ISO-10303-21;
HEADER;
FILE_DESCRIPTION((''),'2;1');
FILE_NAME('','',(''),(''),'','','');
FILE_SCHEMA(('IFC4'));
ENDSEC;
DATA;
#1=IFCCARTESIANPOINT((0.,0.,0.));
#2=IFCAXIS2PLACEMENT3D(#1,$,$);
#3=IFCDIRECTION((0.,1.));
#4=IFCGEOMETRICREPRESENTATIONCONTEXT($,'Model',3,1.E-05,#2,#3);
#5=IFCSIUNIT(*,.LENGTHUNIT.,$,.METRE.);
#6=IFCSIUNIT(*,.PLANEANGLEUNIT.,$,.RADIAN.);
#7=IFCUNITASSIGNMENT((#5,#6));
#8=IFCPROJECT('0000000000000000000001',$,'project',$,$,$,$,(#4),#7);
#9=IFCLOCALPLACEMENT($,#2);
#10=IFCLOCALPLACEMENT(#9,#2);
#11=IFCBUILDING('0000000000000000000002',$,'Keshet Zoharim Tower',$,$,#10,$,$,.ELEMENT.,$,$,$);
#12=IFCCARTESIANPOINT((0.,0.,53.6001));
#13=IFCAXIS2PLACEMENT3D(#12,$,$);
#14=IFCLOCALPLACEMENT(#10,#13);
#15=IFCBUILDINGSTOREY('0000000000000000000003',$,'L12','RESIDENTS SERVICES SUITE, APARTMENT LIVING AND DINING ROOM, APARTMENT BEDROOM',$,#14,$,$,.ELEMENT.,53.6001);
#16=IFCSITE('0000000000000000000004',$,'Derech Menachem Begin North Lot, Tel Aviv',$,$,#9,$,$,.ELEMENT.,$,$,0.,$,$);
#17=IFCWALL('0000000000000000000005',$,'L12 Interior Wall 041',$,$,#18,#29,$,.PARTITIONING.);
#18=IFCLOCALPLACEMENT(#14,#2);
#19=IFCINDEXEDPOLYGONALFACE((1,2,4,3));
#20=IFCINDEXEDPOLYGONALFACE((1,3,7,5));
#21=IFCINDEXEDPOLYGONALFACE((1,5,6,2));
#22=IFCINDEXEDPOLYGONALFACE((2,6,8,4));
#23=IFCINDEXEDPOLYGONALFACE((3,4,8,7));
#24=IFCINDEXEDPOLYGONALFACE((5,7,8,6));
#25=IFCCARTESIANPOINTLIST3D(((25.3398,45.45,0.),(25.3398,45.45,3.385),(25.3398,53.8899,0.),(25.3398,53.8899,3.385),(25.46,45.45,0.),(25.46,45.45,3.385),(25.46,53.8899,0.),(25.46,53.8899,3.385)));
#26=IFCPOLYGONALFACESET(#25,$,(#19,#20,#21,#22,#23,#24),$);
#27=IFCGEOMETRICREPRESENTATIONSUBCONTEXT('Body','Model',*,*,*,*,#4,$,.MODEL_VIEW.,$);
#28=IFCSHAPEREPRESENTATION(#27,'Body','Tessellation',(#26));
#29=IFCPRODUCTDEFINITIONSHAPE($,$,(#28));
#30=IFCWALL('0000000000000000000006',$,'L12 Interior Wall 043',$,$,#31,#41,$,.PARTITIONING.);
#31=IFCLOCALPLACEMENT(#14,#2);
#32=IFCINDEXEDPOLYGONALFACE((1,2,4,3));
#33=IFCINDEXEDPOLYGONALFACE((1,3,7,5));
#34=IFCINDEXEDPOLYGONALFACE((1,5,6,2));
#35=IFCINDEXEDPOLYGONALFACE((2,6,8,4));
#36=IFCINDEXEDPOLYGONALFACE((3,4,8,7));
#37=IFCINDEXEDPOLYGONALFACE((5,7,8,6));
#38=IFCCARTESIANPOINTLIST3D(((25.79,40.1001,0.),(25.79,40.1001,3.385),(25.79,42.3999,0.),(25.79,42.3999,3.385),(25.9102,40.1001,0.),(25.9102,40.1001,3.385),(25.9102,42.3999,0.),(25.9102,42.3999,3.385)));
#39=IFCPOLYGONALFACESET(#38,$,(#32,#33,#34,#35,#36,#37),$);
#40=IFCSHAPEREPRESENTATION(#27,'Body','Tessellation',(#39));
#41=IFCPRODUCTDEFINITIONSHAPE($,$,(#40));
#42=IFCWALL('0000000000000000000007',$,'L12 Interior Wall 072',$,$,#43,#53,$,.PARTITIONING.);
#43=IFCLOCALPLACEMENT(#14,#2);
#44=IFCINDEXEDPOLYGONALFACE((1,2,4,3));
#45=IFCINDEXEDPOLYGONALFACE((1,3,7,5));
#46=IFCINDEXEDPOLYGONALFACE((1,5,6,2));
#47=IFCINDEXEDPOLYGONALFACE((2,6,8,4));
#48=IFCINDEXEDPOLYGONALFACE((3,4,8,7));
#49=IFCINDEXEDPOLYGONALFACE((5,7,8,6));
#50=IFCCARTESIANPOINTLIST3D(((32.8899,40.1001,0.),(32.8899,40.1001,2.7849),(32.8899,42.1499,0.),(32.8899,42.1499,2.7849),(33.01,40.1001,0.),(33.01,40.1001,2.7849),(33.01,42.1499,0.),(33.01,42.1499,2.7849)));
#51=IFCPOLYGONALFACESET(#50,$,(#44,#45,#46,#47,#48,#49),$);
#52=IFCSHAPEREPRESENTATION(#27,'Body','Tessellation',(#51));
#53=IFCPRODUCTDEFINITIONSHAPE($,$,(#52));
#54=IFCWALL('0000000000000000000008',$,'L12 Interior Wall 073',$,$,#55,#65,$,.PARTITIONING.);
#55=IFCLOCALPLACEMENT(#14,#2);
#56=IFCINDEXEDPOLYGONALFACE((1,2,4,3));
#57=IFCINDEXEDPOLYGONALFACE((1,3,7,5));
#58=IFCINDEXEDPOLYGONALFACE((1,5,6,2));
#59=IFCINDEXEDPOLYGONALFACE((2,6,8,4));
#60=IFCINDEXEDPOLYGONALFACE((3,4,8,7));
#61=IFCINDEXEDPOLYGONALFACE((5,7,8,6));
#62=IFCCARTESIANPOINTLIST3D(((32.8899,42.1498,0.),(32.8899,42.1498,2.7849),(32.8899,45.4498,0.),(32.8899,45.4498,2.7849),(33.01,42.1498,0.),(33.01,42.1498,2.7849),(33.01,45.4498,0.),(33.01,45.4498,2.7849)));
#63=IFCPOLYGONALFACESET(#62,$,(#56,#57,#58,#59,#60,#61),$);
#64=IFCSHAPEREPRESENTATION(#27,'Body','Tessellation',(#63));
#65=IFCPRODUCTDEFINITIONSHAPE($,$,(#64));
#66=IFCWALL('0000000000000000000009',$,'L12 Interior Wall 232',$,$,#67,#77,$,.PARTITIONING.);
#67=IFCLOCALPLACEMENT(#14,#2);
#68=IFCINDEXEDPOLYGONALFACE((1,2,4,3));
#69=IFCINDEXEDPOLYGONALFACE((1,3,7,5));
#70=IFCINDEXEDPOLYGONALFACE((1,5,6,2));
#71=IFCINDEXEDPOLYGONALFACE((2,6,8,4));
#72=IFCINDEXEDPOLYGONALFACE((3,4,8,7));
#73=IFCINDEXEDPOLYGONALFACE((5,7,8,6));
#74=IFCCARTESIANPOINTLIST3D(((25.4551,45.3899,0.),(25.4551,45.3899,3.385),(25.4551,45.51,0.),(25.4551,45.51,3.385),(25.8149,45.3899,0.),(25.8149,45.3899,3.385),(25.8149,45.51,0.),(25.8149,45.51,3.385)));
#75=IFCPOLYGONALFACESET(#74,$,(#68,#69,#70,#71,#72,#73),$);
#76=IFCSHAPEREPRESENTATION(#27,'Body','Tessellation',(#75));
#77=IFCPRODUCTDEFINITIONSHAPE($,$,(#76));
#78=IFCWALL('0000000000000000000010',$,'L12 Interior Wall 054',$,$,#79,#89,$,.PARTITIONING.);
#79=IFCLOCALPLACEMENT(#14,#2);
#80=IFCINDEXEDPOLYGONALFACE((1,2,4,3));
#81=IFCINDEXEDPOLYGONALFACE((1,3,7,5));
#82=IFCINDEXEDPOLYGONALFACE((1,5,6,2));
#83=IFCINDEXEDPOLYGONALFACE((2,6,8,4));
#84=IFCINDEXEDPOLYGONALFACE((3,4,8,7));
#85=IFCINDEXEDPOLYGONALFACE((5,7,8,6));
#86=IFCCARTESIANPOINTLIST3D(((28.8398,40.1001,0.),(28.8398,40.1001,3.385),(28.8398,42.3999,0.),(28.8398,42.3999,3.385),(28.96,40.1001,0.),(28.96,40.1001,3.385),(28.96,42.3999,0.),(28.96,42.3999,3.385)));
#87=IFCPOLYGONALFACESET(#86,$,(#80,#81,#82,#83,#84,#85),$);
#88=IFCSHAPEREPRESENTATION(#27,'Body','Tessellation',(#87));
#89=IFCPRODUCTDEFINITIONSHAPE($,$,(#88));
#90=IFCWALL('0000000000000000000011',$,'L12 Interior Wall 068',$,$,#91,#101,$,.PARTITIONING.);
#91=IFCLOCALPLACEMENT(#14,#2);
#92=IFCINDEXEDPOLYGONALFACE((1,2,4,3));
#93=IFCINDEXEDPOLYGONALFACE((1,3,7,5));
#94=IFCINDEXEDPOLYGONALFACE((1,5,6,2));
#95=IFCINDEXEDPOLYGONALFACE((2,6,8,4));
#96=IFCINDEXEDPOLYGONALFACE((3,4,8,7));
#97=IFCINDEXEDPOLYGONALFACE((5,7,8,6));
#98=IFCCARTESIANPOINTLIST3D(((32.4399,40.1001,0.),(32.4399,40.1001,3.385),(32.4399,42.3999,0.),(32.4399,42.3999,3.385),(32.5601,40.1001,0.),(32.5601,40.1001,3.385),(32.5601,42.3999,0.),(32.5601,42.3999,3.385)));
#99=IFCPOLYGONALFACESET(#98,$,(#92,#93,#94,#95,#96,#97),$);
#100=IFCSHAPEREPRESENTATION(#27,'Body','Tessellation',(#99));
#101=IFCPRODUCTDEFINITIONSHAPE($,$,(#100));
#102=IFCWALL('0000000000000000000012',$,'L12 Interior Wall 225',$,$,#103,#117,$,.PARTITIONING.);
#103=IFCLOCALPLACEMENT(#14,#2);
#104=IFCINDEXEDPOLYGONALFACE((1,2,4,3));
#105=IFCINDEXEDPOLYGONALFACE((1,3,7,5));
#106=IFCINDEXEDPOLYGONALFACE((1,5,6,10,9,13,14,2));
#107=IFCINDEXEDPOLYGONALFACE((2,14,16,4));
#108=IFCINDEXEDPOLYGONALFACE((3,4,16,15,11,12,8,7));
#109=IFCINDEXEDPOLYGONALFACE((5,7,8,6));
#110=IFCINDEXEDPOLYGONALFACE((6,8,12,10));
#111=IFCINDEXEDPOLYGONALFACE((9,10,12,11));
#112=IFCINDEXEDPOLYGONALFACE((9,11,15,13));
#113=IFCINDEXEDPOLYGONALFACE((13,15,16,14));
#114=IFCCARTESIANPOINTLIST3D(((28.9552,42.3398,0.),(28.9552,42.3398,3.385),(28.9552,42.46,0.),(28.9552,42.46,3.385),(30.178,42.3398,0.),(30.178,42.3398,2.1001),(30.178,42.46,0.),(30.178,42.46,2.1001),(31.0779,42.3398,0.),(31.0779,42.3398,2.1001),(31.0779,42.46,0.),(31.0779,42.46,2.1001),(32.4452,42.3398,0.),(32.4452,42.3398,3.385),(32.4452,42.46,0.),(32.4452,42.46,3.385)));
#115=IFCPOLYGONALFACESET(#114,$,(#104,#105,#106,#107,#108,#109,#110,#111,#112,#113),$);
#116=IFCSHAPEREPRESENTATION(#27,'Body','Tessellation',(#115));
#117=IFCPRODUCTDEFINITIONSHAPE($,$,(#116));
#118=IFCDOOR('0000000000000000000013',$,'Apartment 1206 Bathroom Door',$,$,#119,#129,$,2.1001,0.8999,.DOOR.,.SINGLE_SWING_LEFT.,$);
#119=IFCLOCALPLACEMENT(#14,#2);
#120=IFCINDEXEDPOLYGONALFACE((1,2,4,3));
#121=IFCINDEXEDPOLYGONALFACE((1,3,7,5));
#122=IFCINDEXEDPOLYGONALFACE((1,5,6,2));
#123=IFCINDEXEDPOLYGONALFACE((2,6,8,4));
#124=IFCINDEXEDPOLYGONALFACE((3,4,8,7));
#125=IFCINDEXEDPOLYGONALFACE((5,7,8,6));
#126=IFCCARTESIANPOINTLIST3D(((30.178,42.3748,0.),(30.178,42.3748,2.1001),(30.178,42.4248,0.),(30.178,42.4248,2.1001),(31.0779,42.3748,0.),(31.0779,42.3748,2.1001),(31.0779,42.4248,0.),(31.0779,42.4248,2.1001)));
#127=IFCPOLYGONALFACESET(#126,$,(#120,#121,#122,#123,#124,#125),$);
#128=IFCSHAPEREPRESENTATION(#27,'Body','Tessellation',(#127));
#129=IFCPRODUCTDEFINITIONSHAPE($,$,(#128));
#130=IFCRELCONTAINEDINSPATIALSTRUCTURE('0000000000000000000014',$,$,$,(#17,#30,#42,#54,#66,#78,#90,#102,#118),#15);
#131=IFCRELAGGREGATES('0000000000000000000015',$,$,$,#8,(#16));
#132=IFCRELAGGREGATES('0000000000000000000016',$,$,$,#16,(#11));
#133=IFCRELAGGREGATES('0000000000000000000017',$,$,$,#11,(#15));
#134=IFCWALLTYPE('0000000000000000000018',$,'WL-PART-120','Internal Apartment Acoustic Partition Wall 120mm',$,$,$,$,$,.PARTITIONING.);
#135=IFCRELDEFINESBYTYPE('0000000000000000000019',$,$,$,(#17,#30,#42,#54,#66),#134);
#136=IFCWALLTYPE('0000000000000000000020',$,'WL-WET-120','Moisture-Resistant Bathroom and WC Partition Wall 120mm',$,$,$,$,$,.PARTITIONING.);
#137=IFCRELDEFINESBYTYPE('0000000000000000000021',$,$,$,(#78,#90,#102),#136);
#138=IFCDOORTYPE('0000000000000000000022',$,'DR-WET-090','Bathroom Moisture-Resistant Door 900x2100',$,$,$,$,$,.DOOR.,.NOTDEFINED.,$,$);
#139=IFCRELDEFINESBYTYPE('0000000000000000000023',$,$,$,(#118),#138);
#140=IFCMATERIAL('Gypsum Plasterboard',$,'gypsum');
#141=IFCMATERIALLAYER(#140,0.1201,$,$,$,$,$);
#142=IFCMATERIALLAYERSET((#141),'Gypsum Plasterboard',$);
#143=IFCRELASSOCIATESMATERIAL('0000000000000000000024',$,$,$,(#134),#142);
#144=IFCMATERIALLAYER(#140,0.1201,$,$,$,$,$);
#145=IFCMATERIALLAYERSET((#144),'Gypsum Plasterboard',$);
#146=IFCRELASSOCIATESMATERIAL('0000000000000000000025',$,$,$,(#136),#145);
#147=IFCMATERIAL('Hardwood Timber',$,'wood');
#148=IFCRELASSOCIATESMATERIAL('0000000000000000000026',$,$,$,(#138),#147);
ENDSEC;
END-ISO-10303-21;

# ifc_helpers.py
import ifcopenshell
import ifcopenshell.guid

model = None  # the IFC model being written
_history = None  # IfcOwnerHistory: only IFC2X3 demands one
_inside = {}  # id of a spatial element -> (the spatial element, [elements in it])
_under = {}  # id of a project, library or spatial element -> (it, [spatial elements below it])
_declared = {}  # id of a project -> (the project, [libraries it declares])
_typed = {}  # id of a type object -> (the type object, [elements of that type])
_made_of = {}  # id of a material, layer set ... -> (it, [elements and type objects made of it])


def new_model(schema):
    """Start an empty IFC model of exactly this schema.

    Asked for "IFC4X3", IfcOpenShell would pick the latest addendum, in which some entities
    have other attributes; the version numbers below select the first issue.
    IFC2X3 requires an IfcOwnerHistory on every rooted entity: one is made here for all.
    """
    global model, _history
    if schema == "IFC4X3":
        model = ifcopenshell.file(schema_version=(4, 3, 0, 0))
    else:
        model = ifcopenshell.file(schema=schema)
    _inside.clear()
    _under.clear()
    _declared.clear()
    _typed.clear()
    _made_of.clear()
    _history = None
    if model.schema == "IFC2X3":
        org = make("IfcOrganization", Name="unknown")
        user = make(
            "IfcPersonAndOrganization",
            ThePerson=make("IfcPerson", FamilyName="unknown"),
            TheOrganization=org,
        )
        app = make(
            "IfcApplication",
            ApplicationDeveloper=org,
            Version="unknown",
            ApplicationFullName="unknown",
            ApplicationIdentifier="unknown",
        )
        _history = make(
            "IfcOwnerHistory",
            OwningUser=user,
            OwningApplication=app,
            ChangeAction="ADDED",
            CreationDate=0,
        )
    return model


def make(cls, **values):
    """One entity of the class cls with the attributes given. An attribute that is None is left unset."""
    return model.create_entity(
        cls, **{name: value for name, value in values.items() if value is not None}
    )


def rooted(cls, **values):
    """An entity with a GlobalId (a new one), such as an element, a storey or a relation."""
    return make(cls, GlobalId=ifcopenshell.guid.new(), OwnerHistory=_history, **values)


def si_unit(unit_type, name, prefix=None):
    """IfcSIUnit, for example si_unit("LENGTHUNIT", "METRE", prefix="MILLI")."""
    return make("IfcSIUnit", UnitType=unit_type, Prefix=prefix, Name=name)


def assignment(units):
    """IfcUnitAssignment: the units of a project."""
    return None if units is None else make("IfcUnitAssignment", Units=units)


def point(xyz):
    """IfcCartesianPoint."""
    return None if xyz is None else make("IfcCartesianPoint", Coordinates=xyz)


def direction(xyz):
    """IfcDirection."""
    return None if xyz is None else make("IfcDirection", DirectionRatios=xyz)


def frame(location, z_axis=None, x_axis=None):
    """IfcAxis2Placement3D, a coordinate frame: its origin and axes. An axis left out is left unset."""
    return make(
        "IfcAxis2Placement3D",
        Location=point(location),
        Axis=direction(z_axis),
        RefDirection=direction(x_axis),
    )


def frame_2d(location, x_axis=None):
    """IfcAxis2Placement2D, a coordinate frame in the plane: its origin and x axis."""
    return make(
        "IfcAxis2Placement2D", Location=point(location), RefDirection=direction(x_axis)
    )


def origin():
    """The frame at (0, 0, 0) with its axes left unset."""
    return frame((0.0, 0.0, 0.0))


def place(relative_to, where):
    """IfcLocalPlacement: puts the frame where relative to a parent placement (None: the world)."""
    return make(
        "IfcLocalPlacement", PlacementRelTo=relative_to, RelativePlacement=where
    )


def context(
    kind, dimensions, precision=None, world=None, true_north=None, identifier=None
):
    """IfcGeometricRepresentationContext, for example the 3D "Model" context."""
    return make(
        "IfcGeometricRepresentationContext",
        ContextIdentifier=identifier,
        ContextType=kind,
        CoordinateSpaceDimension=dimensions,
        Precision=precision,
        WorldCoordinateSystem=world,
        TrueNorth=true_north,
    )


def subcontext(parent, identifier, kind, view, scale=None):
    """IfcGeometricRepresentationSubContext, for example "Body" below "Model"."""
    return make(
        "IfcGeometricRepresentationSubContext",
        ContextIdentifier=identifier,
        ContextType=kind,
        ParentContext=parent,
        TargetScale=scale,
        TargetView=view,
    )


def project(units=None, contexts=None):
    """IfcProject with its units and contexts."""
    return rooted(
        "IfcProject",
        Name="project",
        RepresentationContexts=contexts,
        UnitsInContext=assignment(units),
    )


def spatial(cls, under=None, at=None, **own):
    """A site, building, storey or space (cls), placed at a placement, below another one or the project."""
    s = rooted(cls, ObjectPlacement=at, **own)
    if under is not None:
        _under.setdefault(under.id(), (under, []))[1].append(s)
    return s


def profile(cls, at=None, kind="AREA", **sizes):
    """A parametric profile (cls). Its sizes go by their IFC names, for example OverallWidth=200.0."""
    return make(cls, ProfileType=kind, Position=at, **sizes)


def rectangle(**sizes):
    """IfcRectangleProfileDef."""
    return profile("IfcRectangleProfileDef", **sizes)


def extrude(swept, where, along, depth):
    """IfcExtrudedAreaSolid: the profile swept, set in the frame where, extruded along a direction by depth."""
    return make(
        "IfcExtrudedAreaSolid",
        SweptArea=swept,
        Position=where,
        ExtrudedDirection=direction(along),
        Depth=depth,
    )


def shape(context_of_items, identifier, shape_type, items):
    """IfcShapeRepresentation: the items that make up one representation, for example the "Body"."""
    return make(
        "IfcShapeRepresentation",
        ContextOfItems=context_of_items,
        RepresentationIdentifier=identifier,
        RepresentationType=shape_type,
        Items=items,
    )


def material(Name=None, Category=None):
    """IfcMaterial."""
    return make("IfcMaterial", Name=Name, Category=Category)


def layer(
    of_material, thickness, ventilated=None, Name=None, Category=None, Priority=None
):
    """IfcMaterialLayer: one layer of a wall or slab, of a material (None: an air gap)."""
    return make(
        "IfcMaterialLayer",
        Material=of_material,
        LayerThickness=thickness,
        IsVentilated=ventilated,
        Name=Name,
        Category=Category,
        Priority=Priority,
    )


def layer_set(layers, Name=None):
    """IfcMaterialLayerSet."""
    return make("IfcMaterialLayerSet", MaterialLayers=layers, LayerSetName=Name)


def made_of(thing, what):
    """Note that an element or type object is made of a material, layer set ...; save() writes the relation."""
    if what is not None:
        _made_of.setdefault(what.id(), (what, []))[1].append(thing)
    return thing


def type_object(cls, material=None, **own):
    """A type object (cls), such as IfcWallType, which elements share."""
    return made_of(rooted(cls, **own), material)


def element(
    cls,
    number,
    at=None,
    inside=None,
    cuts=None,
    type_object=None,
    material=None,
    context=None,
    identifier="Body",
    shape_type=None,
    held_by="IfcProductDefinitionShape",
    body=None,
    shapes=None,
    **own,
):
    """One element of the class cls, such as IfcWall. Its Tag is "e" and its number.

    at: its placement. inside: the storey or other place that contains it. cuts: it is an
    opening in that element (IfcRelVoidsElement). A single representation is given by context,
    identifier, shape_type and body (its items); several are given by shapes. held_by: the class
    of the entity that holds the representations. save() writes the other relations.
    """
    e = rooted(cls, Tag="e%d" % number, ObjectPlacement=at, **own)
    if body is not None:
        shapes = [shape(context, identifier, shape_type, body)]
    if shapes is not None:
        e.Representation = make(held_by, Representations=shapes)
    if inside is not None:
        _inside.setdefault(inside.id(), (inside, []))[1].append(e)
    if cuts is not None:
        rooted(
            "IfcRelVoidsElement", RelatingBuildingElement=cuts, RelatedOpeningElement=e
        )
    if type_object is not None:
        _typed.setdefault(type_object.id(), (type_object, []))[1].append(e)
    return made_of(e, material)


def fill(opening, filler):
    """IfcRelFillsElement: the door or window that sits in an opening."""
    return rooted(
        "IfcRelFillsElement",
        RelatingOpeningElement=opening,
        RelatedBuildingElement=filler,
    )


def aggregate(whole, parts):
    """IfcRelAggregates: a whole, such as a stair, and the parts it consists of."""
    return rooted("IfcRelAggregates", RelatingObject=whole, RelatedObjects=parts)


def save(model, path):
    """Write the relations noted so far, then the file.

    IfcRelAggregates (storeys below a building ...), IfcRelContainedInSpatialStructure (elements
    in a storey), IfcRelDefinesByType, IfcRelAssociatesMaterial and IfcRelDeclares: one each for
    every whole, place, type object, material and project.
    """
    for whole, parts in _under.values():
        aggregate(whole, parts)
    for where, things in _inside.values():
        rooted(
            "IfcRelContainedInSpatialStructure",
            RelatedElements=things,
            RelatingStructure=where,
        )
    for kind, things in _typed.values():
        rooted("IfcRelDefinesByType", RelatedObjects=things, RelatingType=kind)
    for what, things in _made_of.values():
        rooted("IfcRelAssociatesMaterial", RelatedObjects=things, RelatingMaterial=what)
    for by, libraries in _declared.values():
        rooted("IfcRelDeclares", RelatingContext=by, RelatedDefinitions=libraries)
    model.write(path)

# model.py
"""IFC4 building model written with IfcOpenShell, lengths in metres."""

from ifc_helpers import new_model, si_unit, direction, frame, frame_2d, origin, place, context, subcontext, project, spatial, rectangle, extrude, material, layer, layer_set, type_object, element, fill, save


model = new_model("IFC4")

# Units and contexts
model_context = context("Model", 3, precision=1e-05, world=origin(), true_north=direction((0.0, 1.0)))
body_context = subcontext(model_context, "Body", "Model", "MODEL_VIEW")
ifc_project = project(units=[si_unit("LENGTHUNIT", "METRE"), si_unit("PLANEANGLEUNIT", "RADIAN")], contexts=[model_context])

# Site, building, storey
site_placement = place(None, origin())
site = spatial("IfcSite", under=ifc_project, at=site_placement, Name="Derech Menachem Begin North Lot, Tel Aviv", CompositionType="ELEMENT", RefElevation=0.0)
building_placement = place(site_placement, origin())
building = spatial("IfcBuilding", under=site, at=building_placement, Name="Keshet Zoharim Tower", CompositionType="ELEMENT")
storey_placement = place(building_placement, frame((0.0, 0.0, 53.6001)))
storey = spatial("IfcBuildingStorey", under=building, at=storey_placement, Name="L12", Description="RESIDENTS SERVICES SUITE, APARTMENT LIVING AND DINING ROOM, APARTMENT BEDROOM", CompositionType="ELEMENT", Elevation=53.6001)

# Shared definitions
ifc_material_1 = material(Name="Gypsum Plasterboard", Category="gypsum")
ifc_material_2 = material(Name="Hardwood Timber", Category="wood")

# Walls
ifc_layer_1 = layer(ifc_material_1, 0.1201)
ifc_layer_set_1 = layer_set([ifc_layer_1], Name="Gypsum Plasterboard")
wall_type_1 = type_object("IfcWallType", Name="WL-PART-120", Description="Internal Apartment Acoustic Partition Wall 120mm", PredefinedType="PARTITIONING", material=ifc_layer_set_1)
wall_1_placement = place(storey_placement, frame((25.3999, 45.45, 0.0), z_axis=(0.0, 0.0, 1.0), x_axis=(0.0, 1.0, 0.0)))
element("IfcWall", 1, at=wall_1_placement, inside=storey, type_object=wall_type_1, Name="L12 Interior Wall 041", PredefinedType="PARTITIONING", context=body_context, shape_type="SweptSolid", body=[
    extrude(rectangle(XDim=8.4399, YDim=0.1201, at=frame_2d((4.22, 0.0))), origin(), (0.0, 0.0, 1.0), 3.385),
])
wall_2_placement = place(storey_placement, frame((25.8501, 40.1001, 0.0), z_axis=(0.0, 0.0, 1.0), x_axis=(0.0, 1.0, 0.0)))
element("IfcWall", 2, at=wall_2_placement, inside=storey, type_object=wall_type_1, Name="L12 Interior Wall 043", PredefinedType="PARTITIONING", context=body_context, shape_type="SweptSolid", body=[
    extrude(rectangle(XDim=2.2998, YDim=0.1201, at=frame_2d((1.1499, 0.0))), origin(), (0.0, 0.0, 1.0), 3.385),
])
wall_3_placement = place(storey_placement, frame((32.95, 40.1001, 0.0), z_axis=(0.0, 0.0, 1.0), x_axis=(0.0, 1.0, 0.0)))
element("IfcWall", 3, at=wall_3_placement, inside=storey, type_object=wall_type_1, Name="L12 Interior Wall 072", PredefinedType="PARTITIONING", context=body_context, shape_type="SweptSolid", body=[
    extrude(rectangle(XDim=2.0498, YDim=0.1201, at=frame_2d((1.0249, 0.0))), origin(), (0.0, 0.0, 1.0), 2.7849),
])
wall_4_placement = place(storey_placement, frame((32.95, 42.1499, 0.0), z_axis=(0.0, 0.0, 1.0), x_axis=(0.0, 1.0, 0.0)))
element("IfcWall", 4, at=wall_4_placement, inside=storey, type_object=wall_type_1, Name="L12 Interior Wall 073", PredefinedType="PARTITIONING", context=body_context, shape_type="SweptSolid", body=[
    extrude(rectangle(XDim=3.3, YDim=0.1201, at=frame_2d((1.6499, 0.0))), origin(), (0.0, 0.0, 1.0), 2.7849),
])

# Walls
wall_5_placement = place(storey_placement, frame((25.4551, 45.45, 0.0), z_axis=(0.0, 0.0, 1.0), x_axis=(1.0, 0.0, 0.0)))
element("IfcWall", 5, at=wall_5_placement, inside=storey, type_object=wall_type_1, Name="L12 Interior Wall 232", PredefinedType="PARTITIONING", context=body_context, shape_type="SweptSolid", body=[
    extrude(rectangle(XDim=0.3599, YDim=0.1201, at=frame_2d((0.1799, 0.0))), origin(), (0.0, 0.0, 1.0), 3.385),
])
ifc_layer_2 = layer(ifc_material_1, 0.1201)
ifc_layer_set_2 = layer_set([ifc_layer_2], Name="Gypsum Plasterboard")
wall_type_2 = type_object("IfcWallType", Name="WL-WET-120", Description="Moisture-Resistant Bathroom and WC Partition Wall 120mm", PredefinedType="PARTITIONING", material=ifc_layer_set_2)
for number, where, z_axis, x_axis, name in (
    (6, (28.8999, 40.1001, 0.0), (0.0, 0.0, 1.0), (0.0, 1.0, 0.0), "L12 Interior Wall 054"),
    (7, (32.5, 40.1001, 0.0), (0.0, 0.0, 1.0), (0.0, 1.0, 0.0), "L12 Interior Wall 068"),
):
    element("IfcWall", number, at=place(storey_placement, frame(where, z_axis=z_axis, x_axis=x_axis)), inside=storey, type_object=wall_type_2, Name=name, PredefinedType="PARTITIONING", context=body_context, shape_type="SweptSolid", body=[
        extrude(rectangle(XDim=2.2998, YDim=0.1201, at=frame_2d((1.1499, 0.0))), origin(), (0.0, 0.0, 1.0), 3.385),
    ])

# Wall, opening, door
wall_6_placement = place(storey_placement, frame((28.9551, 42.3999, 0.0), z_axis=(0.0, 0.0, 1.0), x_axis=(1.0, 0.0, 0.0)))
wall_6 = element("IfcWall", 8, at=wall_6_placement, inside=storey, type_object=wall_type_2, Name="L12 Interior Wall 225", PredefinedType="PARTITIONING", context=body_context, shape_type="SweptSolid", body=[
    extrude(rectangle(XDim=3.49, YDim=0.1201, at=frame_2d((1.7451, 0.0))), origin(), (0.0, 0.0, 1.0), 3.385),
])
opening_1_placement = place(wall_6_placement, frame((1.2229, 0.0, 0.0)))
opening_1 = element("IfcOpeningElement", 9, at=opening_1_placement, cuts=wall_6, PredefinedType="OPENING", context=body_context, shape_type="SweptSolid", body=[
    extrude(rectangle(XDim=0.8999, YDim=2.1001, at=frame_2d((0.45, 1.05))), frame((0.0, 0.0701, 0.0), z_axis=(0.0, -1.0, 0.0), x_axis=(1.0, 0.0, 0.0)), (0.0, 0.0, 1.0), 0.1401),
])
door_type_1 = type_object("IfcDoorType", Name="DR-WET-090", Description="Bathroom Moisture-Resistant Door 900x2100", OperationType="NOTDEFINED", PredefinedType="DOOR", material=ifc_material_2)
door_1_placement = place(opening_1_placement, origin())
door_1 = element("IfcDoor", 10, at=door_1_placement, inside=storey, type_object=door_type_1, Name="Apartment 1206 Bathroom Door", OperationType="SINGLE_SWING_LEFT", OverallHeight=2.1001, OverallWidth=0.8999, PredefinedType="DOOR", context=body_context, shape_type="SweptSolid", body=[
    extrude(rectangle(XDim=0.8999, YDim=2.1001, at=frame_2d((0.45, 1.05))), frame((0.0, 0.0249, 0.0), z_axis=(0.0, -1.0, 0.0), x_axis=(1.0, 0.0, 0.0)), (0.0, 0.0, 1.0), 0.05),
])
fill(opening_1, door_1)

save(model, "model.ifc")
